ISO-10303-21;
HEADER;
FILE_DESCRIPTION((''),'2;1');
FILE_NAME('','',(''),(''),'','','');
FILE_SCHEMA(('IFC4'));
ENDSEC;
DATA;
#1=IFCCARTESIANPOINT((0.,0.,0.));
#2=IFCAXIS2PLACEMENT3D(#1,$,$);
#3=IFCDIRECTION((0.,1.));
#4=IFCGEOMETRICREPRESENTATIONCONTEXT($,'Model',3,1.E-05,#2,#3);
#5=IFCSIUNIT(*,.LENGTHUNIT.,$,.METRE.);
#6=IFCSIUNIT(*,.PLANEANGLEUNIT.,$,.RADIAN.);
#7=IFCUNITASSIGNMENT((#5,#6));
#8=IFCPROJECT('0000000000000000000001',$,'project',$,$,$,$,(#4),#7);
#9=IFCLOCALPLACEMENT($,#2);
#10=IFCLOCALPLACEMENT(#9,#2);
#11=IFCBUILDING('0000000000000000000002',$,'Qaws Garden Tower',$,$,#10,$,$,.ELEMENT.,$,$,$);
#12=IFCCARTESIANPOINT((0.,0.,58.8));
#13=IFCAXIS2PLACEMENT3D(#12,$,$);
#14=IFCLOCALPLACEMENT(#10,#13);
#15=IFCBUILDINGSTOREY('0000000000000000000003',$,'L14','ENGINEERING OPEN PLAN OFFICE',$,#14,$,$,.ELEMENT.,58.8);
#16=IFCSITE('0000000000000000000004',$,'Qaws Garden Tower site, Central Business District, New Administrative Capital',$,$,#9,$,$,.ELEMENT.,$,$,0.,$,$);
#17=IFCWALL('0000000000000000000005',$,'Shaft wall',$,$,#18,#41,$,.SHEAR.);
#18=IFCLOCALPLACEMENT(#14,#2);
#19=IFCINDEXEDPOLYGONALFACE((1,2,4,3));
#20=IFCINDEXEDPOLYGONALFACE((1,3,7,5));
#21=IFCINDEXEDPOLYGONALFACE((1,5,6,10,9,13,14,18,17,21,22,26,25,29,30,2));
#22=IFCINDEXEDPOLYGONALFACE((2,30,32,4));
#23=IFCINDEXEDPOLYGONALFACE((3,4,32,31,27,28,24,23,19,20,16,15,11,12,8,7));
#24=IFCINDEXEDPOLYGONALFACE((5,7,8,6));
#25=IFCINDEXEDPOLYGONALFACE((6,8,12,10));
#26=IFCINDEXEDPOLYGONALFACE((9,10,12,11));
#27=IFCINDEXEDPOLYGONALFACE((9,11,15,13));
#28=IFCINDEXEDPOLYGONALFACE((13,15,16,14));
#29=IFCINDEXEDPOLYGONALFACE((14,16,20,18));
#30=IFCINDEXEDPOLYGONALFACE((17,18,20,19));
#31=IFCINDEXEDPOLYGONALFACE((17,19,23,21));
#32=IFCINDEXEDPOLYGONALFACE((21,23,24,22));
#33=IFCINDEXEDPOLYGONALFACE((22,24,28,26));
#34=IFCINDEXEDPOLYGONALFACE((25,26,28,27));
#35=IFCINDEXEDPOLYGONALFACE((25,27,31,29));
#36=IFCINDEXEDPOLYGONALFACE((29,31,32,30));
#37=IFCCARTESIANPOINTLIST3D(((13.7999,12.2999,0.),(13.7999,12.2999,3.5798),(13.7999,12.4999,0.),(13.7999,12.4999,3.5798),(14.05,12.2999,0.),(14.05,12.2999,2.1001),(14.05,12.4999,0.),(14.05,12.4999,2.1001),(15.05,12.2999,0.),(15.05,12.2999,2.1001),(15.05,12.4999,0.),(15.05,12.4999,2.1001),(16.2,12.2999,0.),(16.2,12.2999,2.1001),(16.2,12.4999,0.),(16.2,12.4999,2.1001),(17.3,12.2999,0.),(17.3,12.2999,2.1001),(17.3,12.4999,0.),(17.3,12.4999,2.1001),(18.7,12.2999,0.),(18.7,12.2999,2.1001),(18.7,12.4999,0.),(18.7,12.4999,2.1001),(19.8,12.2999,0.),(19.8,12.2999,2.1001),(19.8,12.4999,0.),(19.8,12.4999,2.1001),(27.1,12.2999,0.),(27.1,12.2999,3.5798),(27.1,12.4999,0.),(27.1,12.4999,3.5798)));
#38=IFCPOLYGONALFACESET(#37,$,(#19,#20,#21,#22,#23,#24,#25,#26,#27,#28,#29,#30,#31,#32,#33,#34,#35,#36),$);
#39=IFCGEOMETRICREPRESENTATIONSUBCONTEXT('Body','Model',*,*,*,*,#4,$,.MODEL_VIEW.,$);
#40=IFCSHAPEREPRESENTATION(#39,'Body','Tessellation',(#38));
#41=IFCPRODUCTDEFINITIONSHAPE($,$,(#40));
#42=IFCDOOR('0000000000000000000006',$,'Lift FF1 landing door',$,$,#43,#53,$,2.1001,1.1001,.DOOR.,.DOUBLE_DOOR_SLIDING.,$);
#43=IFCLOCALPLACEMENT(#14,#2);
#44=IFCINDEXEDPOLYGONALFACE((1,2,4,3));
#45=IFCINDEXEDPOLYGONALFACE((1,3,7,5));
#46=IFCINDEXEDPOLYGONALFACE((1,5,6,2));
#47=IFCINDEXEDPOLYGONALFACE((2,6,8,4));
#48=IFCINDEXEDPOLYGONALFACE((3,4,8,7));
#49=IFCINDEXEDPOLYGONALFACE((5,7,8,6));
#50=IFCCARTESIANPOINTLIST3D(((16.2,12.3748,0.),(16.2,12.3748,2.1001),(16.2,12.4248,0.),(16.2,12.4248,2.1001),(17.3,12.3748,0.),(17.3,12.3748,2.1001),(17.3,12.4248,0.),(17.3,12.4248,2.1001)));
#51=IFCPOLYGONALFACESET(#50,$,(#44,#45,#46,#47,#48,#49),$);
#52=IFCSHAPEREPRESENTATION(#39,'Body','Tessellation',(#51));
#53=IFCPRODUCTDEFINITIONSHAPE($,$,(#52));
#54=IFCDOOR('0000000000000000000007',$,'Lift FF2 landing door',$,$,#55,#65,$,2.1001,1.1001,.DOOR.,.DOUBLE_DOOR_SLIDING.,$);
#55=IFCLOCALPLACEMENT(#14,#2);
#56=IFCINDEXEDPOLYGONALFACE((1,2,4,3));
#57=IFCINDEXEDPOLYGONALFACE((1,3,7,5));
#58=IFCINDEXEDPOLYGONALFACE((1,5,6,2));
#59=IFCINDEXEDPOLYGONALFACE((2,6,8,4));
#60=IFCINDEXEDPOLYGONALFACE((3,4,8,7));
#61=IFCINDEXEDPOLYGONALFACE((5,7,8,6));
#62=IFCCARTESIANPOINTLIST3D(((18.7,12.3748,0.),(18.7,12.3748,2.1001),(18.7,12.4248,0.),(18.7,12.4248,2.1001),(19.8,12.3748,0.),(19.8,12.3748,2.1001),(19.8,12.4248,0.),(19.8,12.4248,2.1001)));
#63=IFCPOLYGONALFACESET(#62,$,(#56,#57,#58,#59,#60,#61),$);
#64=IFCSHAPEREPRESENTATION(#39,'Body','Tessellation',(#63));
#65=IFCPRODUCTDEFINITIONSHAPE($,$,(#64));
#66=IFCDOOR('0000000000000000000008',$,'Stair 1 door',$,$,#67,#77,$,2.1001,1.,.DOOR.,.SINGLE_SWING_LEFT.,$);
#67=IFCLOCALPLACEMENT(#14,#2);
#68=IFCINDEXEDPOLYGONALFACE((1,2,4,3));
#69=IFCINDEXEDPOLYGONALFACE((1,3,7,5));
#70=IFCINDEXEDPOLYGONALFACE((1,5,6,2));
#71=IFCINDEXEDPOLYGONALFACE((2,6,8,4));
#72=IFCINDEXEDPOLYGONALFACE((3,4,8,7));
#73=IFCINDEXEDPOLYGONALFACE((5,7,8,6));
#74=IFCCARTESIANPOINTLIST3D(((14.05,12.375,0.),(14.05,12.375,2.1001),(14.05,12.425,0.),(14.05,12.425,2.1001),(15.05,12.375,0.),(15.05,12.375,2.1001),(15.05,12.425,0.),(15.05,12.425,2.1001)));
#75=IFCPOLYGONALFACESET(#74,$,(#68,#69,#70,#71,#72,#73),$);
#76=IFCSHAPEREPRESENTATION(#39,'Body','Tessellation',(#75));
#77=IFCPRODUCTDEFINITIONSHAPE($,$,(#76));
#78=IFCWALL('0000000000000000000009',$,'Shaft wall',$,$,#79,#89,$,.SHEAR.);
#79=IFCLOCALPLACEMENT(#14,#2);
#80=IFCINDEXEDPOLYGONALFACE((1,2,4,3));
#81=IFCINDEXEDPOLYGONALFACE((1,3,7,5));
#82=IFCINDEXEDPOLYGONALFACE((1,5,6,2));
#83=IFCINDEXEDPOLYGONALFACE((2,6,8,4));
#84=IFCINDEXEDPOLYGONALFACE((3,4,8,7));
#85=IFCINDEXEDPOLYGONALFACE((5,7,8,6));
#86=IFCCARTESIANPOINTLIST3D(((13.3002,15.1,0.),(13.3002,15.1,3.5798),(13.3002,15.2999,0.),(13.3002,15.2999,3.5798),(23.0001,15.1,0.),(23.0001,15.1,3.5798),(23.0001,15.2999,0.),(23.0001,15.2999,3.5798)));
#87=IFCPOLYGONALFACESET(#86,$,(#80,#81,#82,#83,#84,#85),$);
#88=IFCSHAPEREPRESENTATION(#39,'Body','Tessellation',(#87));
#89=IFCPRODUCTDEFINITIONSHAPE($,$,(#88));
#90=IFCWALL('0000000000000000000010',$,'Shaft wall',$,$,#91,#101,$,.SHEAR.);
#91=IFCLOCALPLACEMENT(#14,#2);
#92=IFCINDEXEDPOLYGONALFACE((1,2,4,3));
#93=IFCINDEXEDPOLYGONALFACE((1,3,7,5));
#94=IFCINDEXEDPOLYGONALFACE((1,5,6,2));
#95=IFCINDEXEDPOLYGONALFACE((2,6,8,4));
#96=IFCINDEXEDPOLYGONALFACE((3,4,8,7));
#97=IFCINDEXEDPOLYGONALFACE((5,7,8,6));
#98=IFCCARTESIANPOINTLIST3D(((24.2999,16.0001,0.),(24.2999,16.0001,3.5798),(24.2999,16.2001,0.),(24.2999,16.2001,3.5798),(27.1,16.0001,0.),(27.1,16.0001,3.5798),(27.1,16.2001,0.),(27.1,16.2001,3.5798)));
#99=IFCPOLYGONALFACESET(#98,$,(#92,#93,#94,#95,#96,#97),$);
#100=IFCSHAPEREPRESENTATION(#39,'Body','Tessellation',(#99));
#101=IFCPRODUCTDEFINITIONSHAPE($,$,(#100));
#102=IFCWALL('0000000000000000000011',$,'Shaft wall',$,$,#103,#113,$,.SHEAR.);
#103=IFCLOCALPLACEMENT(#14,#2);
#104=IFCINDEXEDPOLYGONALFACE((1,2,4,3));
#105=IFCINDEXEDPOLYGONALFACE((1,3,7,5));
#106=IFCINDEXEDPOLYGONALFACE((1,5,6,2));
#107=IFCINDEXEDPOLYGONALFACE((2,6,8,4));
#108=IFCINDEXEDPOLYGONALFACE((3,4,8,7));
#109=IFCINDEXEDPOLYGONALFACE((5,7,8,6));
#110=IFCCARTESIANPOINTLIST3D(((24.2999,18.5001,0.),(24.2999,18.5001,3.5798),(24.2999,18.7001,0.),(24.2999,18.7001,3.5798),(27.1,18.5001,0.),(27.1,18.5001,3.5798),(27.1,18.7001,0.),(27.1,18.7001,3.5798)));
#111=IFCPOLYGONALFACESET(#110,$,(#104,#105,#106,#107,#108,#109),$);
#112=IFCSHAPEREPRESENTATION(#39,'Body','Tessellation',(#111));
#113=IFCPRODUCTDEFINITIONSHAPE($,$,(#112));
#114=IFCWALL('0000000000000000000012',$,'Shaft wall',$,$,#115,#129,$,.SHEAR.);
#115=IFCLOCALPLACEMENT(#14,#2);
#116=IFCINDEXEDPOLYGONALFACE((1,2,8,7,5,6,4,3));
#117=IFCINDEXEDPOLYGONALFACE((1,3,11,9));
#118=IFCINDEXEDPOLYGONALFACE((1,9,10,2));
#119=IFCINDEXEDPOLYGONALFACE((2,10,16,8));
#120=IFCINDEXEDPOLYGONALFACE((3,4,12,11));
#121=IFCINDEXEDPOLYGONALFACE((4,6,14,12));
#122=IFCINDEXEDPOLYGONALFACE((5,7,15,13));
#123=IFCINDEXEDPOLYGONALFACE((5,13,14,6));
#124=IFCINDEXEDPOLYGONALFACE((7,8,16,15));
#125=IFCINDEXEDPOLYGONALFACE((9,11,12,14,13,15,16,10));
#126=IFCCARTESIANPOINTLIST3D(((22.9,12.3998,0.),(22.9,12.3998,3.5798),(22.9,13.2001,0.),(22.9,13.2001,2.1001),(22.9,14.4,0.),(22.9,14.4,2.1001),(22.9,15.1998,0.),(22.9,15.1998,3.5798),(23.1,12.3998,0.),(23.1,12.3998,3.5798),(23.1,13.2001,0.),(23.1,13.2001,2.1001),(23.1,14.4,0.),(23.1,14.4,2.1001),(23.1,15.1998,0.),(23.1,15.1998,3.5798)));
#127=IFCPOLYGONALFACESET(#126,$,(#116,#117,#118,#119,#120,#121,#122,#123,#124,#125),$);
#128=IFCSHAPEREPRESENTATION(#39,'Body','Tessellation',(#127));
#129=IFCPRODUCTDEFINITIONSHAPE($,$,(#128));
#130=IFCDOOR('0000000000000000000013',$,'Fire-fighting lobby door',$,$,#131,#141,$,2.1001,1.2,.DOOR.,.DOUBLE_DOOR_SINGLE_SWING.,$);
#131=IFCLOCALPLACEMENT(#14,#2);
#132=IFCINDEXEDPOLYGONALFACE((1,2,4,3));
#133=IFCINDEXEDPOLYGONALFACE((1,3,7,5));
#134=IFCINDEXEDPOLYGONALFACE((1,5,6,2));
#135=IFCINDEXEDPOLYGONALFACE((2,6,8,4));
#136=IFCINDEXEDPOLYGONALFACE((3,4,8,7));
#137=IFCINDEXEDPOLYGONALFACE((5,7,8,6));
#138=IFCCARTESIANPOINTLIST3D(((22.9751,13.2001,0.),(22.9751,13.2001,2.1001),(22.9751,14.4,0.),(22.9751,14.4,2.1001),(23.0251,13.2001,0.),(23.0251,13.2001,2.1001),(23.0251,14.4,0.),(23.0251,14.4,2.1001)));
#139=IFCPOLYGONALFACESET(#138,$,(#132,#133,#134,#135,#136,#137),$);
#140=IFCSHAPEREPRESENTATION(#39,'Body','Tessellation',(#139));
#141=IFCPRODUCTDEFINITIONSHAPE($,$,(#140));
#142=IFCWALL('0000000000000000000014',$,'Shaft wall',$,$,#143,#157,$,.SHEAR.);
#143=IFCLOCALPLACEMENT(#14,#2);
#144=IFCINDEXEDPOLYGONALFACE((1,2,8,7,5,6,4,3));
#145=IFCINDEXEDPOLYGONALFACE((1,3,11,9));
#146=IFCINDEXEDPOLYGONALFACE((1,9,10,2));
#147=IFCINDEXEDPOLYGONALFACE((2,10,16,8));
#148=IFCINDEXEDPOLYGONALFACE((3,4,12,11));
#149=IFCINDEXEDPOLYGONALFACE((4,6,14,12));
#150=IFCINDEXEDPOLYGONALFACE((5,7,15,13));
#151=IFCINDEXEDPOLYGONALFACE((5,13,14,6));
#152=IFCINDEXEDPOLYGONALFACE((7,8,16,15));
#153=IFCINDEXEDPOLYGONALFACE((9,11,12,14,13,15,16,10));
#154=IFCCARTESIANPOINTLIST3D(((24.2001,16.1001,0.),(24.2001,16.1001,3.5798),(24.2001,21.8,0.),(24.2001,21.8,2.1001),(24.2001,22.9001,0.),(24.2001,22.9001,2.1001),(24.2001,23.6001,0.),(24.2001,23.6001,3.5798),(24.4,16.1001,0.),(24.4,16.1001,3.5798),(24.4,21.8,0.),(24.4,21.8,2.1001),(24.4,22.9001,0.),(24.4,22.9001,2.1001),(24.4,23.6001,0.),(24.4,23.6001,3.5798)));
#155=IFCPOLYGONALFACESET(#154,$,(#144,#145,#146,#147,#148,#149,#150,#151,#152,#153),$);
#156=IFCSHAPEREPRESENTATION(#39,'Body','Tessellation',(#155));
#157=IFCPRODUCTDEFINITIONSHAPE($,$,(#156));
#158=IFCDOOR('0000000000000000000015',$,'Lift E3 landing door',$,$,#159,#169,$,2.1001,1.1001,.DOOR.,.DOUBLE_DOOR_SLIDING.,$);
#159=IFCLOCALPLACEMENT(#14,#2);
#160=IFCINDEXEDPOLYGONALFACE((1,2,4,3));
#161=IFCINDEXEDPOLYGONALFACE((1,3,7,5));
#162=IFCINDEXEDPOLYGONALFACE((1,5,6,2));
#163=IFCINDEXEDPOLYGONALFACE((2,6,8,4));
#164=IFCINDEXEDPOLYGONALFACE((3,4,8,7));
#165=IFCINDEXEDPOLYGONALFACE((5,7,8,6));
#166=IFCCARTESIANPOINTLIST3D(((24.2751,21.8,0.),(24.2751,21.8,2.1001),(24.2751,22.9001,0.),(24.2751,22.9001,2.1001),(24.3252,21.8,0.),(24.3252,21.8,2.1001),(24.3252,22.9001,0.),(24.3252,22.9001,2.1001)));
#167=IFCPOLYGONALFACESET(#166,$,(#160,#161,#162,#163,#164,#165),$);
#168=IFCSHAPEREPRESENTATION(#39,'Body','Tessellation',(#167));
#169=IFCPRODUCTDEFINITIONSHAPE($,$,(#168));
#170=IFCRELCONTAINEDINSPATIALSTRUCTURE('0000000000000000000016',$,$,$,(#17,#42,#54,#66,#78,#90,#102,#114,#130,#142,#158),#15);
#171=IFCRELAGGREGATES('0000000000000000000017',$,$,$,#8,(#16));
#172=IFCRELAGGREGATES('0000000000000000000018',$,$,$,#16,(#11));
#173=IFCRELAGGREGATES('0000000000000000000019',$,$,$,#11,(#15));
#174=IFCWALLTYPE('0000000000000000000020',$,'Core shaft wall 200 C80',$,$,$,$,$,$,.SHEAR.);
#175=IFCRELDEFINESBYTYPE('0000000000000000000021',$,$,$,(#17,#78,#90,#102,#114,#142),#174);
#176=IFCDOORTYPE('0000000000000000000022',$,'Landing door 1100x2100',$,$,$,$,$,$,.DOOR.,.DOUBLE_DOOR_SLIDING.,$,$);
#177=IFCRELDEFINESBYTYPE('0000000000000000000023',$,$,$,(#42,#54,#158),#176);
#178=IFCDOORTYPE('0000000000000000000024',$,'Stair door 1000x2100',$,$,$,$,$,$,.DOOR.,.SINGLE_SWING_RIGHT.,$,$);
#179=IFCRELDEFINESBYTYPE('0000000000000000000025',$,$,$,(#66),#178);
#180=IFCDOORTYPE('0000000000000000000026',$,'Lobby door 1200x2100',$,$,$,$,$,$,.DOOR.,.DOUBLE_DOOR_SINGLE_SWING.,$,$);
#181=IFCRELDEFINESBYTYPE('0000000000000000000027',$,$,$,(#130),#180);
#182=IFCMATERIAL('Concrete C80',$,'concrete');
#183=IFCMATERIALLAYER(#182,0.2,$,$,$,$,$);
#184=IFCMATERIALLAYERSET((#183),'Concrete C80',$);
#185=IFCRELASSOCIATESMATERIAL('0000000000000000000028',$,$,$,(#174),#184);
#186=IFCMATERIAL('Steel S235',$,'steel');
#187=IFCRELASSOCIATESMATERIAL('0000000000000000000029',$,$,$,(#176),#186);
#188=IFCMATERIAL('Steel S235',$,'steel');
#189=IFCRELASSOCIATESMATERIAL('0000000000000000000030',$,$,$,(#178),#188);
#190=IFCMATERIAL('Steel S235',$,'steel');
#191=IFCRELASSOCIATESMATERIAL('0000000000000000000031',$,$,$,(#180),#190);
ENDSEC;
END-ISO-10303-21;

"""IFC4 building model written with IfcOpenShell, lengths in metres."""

from ifc_helpers import new_model, si_unit, direction, frame, frame_2d, origin, place, context, subcontext, project, spatial, rectangle, extrude, material, layer, layer_set, type_object, element, fill, save


model = new_model("IFC4")

# Units and contexts
model_context = context("Model", 3, precision=1e-05, world=origin(), true_north=direction((0.0, 1.0)))
body_context = subcontext(model_context, "Body", "Model", "MODEL_VIEW")
ifc_project = project(units=[si_unit("LENGTHUNIT", "METRE"), si_unit("PLANEANGLEUNIT", "RADIAN")], contexts=[model_context])

# Site, building, storey
site_placement = place(None, origin())
site = spatial("IfcSite", under=ifc_project, at=site_placement, Name="Qaws Garden Tower site, Central Business District, New Administrative Capital", CompositionType="ELEMENT", RefElevation=0.0)
building_placement = place(site_placement, origin())
building = spatial("IfcBuilding", under=site, at=building_placement, Name="Qaws Garden Tower", CompositionType="ELEMENT")
storey_placement = place(building_placement, frame((0.0, 0.0, 58.8)))
storey = spatial("IfcBuildingStorey", under=building, at=storey_placement, Name="L14", Description="ENGINEERING OPEN PLAN OFFICE", CompositionType="ELEMENT", Elevation=58.8)

# Wall, openings, doors
ifc_material_1 = material(Name="Concrete C80", Category="concrete")
ifc_layer_1 = layer(ifc_material_1, 0.2)
ifc_layer_set_1 = layer_set([ifc_layer_1], Name="Concrete C80")
wall_type_1 = type_object("IfcWallType", Name="Core shaft wall 200 C80", PredefinedType="SHEAR", material=ifc_layer_set_1)
wall_1_placement = place(storey_placement, frame((13.8, 12.3999, 0.0), z_axis=(0.0, 0.0, 1.0), x_axis=(1.0, 0.0, 0.0)))
wall_1 = element("IfcWall", 1, at=wall_1_placement, inside=storey, type_object=wall_type_1, Name="Shaft wall", PredefinedType="SHEAR", context=body_context, shape_type="SweptSolid", body=[
    extrude(rectangle(XDim=13.3, YDim=0.2, at=frame_2d((6.6499, 0.0))), origin(), (0.0, 0.0, 1.0), 3.5798),
])
opening_1_placement = place(wall_1_placement, frame((2.3999, 0.0, 0.0)))
opening_1 = element("IfcOpeningElement", 2, at=opening_1_placement, cuts=wall_1, PredefinedType="OPENING", context=body_context, shape_type="SweptSolid", body=[
    extrude(rectangle(XDim=1.1001, YDim=2.1001, at=frame_2d((0.55, 1.05))), frame((0.0, 0.1099, 0.0), z_axis=(0.0, -1.0, 0.0), x_axis=(1.0, 0.0, 0.0)), (0.0, 0.0, 1.0), 0.22),
])
opening_2_placement = place(wall_1_placement, frame((4.8999, 0.0, 0.0)))
opening_2 = element("IfcOpeningElement", 3, at=opening_2_placement, cuts=wall_1, PredefinedType="OPENING", context=body_context, shape_type="SweptSolid", body=[
    extrude(rectangle(XDim=1.1001, YDim=2.1001, at=frame_2d((0.55, 1.05))), frame((0.0, 0.1099, 0.0), z_axis=(0.0, -1.0, 0.0), x_axis=(1.0, 0.0, 0.0)), (0.0, 0.0, 1.0), 0.22),
])
opening_3_placement = place(wall_1_placement, frame((0.25, 0.0, 0.0)))
opening_3 = element("IfcOpeningElement", 4, at=opening_3_placement, cuts=wall_1, PredefinedType="OPENING", context=body_context, shape_type="SweptSolid", body=[
    extrude(rectangle(XDim=1.0, YDim=2.1001, at=frame_2d((0.5, 1.05))), frame((0.0, 0.1099, 0.0), z_axis=(0.0, -1.0, 0.0), x_axis=(1.0, 0.0, 0.0)), (0.0, 0.0, 1.0), 0.22),
])
ifc_material_2 = material(Name="Steel S235", Category="steel")
door_type_1 = type_object("IfcDoorType", Name="Landing door 1100x2100", OperationType="DOUBLE_DOOR_SLIDING", PredefinedType="DOOR", material=ifc_material_2)
door_1_placement = place(opening_1_placement, origin())
door_1 = element("IfcDoor", 5, at=door_1_placement, inside=storey, type_object=door_type_1, Name="Lift FF1 landing door", OperationType="DOUBLE_DOOR_SLIDING", OverallHeight=2.1001, OverallWidth=1.1001, PredefinedType="DOOR", context=body_context, shape_type="SweptSolid", body=[
    extrude(rectangle(XDim=1.1001, YDim=2.1001, at=frame_2d((0.55, 1.05))), frame((0.0, 0.0249, 0.0), z_axis=(0.0, -1.0, 0.0), x_axis=(1.0, 0.0, 0.0)), (0.0, 0.0, 1.0), 0.05),
])
fill(opening_1, door_1)
door_2_placement = place(opening_2_placement, origin())
door_2 = element("IfcDoor", 6, at=door_2_placement, inside=storey, type_object=door_type_1, Name="Lift FF2 landing door", OperationType="DOUBLE_DOOR_SLIDING", OverallHeight=2.1001, OverallWidth=1.1001, PredefinedType="DOOR", context=body_context, shape_type="SweptSolid", body=[
    extrude(rectangle(XDim=1.1001, YDim=2.1001, at=frame_2d((0.55, 1.05))), frame((0.0, 0.0249, 0.0), z_axis=(0.0, -1.0, 0.0), x_axis=(1.0, 0.0, 0.0)), (0.0, 0.0, 1.0), 0.05),
])
fill(opening_2, door_2)
ifc_material_3 = material(Name="Steel S235", Category="steel")
door_type_2 = type_object("IfcDoorType", Name="Stair door 1000x2100", OperationType="SINGLE_SWING_RIGHT", PredefinedType="DOOR", material=ifc_material_3)
door_3_placement = place(opening_3_placement, frame((1.0, 0.0, 0.0), z_axis=(0.0, 0.0, 1.0), x_axis=(-1.0, 0.0, 0.0)))
door_3 = element("IfcDoor", 7, at=door_3_placement, inside=storey, type_object=door_type_2, Name="Stair 1 door", OperationType="SINGLE_SWING_LEFT", OverallHeight=2.1001, OverallWidth=1.0, PredefinedType="DOOR", context=body_context, shape_type="SweptSolid", body=[
    extrude(rectangle(XDim=1.0, YDim=2.1001, at=frame_2d((0.5, 1.05))), frame((0.0, 0.0249, 0.0), z_axis=(0.0, -1.0, 0.0), x_axis=(1.0, 0.0, 0.0)), (0.0, 0.0, 1.0), 0.05),
])
fill(opening_3, door_3)

# Walls
wall_2_placement = place(storey_placement, frame((13.3, 15.2, 0.0), z_axis=(0.0, 0.0, 1.0), x_axis=(1.0, 0.0, 0.0)))
element("IfcWall", 8, at=wall_2_placement, inside=storey, type_object=wall_type_1, Name="Shaft wall", PredefinedType="SHEAR", context=body_context, shape_type="SweptSolid", body=[
    extrude(rectangle(XDim=9.7, YDim=0.2, at=frame_2d((4.8501, 0.0))), origin(), (0.0, 0.0, 1.0), 3.5798),
])
for number, where, z_axis, x_axis, name in (
    (9, (24.3, 16.1001, 0.0), (0.0, 0.0, 1.0), (1.0, 0.0, 0.0), "Shaft wall"),
    (10, (24.3, 18.6001, 0.0), (0.0, 0.0, 1.0), (1.0, 0.0, 0.0), "Shaft wall"),
):
    element("IfcWall", number, at=place(storey_placement, frame(where, z_axis=z_axis, x_axis=x_axis)), inside=storey, type_object=wall_type_1, Name=name, PredefinedType="SHEAR", context=body_context, shape_type="SweptSolid", body=[
        extrude(rectangle(XDim=2.8, YDim=0.2, at=frame_2d((1.3999, 0.0))), origin(), (0.0, 0.0, 1.0), 3.5798),
    ])

# Walls, openings, doors
wall_3_placement = place(storey_placement, frame((23.0, 12.3999, 0.0), z_axis=(0.0, 0.0, 1.0), x_axis=(0.0, 1.0, 0.0)))
wall_3 = element("IfcWall", 11, at=wall_3_placement, inside=storey, type_object=wall_type_1, Name="Shaft wall", PredefinedType="SHEAR", context=body_context, shape_type="SweptSolid", body=[
    extrude(rectangle(XDim=2.8, YDim=0.2, at=frame_2d((1.3999, 0.0))), origin(), (0.0, 0.0, 1.0), 3.5798),
])
opening_4_placement = place(wall_3_placement, frame((0.8, 0.0, 0.0)))
opening_4 = element("IfcOpeningElement", 12, at=opening_4_placement, cuts=wall_3, PredefinedType="OPENING", context=body_context, shape_type="SweptSolid", body=[
    extrude(rectangle(XDim=1.2, YDim=2.1001, at=frame_2d((0.6001, 1.05))), frame((0.0, 0.1099, 0.0), z_axis=(0.0, -1.0, 0.0), x_axis=(1.0, 0.0, 0.0)), (0.0, 0.0, 1.0), 0.22),
])
ifc_material_4 = material(Name="Steel S235", Category="steel")
door_type_3 = type_object("IfcDoorType", Name="Lobby door 1200x2100", OperationType="DOUBLE_DOOR_SINGLE_SWING", PredefinedType="DOOR", material=ifc_material_4)
door_4_placement = place(opening_4_placement, origin())
door_4 = element("IfcDoor", 13, at=door_4_placement, inside=storey, type_object=door_type_3, Name="Fire-fighting lobby door", OperationType="DOUBLE_DOOR_SINGLE_SWING", OverallHeight=2.1001, OverallWidth=1.2, PredefinedType="DOOR", context=body_context, shape_type="SweptSolid", body=[
    extrude(rectangle(XDim=1.2, YDim=2.1001, at=frame_2d((0.6001, 1.05))), frame((0.0, 0.0249, 0.0), z_axis=(0.0, -1.0, 0.0), x_axis=(1.0, 0.0, 0.0)), (0.0, 0.0, 1.0), 0.05),
])
fill(opening_4, door_4)
wall_4_placement = place(storey_placement, frame((24.3, 16.1001, 0.0), z_axis=(0.0, 0.0, 1.0), x_axis=(0.0, 1.0, 0.0)))
wall_4 = element("IfcWall", 14, at=wall_4_placement, inside=storey, type_object=wall_type_1, Name="Shaft wall", PredefinedType="SHEAR", context=body_context, shape_type="SweptSolid", body=[
    extrude(rectangle(XDim=7.5, YDim=0.2, at=frame_2d((3.75, 0.0))), origin(), (0.0, 0.0, 1.0), 3.5798),
])
opening_5_placement = place(wall_4_placement, frame((5.7, 0.0, 0.0)))
opening_5 = element("IfcOpeningElement", 15, at=opening_5_placement, cuts=wall_4, PredefinedType="OPENING", context=body_context, shape_type="SweptSolid", body=[
    extrude(rectangle(XDim=1.1001, YDim=2.1001, at=frame_2d((0.55, 1.05))), frame((0.0, 0.1099, 0.0), z_axis=(0.0, -1.0, 0.0), x_axis=(1.0, 0.0, 0.0)), (0.0, 0.0, 1.0), 0.22),
])
door_5_placement = place(opening_5_placement, origin())
door_5 = element("IfcDoor", 16, at=door_5_placement, inside=storey, type_object=door_type_1, Name="Lift E3 landing door", OperationType="DOUBLE_DOOR_SLIDING", OverallHeight=2.1001, OverallWidth=1.1001, PredefinedType="DOOR", context=body_context, shape_type="SweptSolid", body=[
    extrude(rectangle(XDim=1.1001, YDim=2.1001, at=frame_2d((0.55, 1.05))), frame((0.0, 0.0249, 0.0), z_axis=(0.0, -1.0, 0.0), x_axis=(1.0, 0.0, 0.0)), (0.0, 0.0, 1.0), 0.05),
])
fill(opening_5, door_5)

save(model, "model.ifc")
